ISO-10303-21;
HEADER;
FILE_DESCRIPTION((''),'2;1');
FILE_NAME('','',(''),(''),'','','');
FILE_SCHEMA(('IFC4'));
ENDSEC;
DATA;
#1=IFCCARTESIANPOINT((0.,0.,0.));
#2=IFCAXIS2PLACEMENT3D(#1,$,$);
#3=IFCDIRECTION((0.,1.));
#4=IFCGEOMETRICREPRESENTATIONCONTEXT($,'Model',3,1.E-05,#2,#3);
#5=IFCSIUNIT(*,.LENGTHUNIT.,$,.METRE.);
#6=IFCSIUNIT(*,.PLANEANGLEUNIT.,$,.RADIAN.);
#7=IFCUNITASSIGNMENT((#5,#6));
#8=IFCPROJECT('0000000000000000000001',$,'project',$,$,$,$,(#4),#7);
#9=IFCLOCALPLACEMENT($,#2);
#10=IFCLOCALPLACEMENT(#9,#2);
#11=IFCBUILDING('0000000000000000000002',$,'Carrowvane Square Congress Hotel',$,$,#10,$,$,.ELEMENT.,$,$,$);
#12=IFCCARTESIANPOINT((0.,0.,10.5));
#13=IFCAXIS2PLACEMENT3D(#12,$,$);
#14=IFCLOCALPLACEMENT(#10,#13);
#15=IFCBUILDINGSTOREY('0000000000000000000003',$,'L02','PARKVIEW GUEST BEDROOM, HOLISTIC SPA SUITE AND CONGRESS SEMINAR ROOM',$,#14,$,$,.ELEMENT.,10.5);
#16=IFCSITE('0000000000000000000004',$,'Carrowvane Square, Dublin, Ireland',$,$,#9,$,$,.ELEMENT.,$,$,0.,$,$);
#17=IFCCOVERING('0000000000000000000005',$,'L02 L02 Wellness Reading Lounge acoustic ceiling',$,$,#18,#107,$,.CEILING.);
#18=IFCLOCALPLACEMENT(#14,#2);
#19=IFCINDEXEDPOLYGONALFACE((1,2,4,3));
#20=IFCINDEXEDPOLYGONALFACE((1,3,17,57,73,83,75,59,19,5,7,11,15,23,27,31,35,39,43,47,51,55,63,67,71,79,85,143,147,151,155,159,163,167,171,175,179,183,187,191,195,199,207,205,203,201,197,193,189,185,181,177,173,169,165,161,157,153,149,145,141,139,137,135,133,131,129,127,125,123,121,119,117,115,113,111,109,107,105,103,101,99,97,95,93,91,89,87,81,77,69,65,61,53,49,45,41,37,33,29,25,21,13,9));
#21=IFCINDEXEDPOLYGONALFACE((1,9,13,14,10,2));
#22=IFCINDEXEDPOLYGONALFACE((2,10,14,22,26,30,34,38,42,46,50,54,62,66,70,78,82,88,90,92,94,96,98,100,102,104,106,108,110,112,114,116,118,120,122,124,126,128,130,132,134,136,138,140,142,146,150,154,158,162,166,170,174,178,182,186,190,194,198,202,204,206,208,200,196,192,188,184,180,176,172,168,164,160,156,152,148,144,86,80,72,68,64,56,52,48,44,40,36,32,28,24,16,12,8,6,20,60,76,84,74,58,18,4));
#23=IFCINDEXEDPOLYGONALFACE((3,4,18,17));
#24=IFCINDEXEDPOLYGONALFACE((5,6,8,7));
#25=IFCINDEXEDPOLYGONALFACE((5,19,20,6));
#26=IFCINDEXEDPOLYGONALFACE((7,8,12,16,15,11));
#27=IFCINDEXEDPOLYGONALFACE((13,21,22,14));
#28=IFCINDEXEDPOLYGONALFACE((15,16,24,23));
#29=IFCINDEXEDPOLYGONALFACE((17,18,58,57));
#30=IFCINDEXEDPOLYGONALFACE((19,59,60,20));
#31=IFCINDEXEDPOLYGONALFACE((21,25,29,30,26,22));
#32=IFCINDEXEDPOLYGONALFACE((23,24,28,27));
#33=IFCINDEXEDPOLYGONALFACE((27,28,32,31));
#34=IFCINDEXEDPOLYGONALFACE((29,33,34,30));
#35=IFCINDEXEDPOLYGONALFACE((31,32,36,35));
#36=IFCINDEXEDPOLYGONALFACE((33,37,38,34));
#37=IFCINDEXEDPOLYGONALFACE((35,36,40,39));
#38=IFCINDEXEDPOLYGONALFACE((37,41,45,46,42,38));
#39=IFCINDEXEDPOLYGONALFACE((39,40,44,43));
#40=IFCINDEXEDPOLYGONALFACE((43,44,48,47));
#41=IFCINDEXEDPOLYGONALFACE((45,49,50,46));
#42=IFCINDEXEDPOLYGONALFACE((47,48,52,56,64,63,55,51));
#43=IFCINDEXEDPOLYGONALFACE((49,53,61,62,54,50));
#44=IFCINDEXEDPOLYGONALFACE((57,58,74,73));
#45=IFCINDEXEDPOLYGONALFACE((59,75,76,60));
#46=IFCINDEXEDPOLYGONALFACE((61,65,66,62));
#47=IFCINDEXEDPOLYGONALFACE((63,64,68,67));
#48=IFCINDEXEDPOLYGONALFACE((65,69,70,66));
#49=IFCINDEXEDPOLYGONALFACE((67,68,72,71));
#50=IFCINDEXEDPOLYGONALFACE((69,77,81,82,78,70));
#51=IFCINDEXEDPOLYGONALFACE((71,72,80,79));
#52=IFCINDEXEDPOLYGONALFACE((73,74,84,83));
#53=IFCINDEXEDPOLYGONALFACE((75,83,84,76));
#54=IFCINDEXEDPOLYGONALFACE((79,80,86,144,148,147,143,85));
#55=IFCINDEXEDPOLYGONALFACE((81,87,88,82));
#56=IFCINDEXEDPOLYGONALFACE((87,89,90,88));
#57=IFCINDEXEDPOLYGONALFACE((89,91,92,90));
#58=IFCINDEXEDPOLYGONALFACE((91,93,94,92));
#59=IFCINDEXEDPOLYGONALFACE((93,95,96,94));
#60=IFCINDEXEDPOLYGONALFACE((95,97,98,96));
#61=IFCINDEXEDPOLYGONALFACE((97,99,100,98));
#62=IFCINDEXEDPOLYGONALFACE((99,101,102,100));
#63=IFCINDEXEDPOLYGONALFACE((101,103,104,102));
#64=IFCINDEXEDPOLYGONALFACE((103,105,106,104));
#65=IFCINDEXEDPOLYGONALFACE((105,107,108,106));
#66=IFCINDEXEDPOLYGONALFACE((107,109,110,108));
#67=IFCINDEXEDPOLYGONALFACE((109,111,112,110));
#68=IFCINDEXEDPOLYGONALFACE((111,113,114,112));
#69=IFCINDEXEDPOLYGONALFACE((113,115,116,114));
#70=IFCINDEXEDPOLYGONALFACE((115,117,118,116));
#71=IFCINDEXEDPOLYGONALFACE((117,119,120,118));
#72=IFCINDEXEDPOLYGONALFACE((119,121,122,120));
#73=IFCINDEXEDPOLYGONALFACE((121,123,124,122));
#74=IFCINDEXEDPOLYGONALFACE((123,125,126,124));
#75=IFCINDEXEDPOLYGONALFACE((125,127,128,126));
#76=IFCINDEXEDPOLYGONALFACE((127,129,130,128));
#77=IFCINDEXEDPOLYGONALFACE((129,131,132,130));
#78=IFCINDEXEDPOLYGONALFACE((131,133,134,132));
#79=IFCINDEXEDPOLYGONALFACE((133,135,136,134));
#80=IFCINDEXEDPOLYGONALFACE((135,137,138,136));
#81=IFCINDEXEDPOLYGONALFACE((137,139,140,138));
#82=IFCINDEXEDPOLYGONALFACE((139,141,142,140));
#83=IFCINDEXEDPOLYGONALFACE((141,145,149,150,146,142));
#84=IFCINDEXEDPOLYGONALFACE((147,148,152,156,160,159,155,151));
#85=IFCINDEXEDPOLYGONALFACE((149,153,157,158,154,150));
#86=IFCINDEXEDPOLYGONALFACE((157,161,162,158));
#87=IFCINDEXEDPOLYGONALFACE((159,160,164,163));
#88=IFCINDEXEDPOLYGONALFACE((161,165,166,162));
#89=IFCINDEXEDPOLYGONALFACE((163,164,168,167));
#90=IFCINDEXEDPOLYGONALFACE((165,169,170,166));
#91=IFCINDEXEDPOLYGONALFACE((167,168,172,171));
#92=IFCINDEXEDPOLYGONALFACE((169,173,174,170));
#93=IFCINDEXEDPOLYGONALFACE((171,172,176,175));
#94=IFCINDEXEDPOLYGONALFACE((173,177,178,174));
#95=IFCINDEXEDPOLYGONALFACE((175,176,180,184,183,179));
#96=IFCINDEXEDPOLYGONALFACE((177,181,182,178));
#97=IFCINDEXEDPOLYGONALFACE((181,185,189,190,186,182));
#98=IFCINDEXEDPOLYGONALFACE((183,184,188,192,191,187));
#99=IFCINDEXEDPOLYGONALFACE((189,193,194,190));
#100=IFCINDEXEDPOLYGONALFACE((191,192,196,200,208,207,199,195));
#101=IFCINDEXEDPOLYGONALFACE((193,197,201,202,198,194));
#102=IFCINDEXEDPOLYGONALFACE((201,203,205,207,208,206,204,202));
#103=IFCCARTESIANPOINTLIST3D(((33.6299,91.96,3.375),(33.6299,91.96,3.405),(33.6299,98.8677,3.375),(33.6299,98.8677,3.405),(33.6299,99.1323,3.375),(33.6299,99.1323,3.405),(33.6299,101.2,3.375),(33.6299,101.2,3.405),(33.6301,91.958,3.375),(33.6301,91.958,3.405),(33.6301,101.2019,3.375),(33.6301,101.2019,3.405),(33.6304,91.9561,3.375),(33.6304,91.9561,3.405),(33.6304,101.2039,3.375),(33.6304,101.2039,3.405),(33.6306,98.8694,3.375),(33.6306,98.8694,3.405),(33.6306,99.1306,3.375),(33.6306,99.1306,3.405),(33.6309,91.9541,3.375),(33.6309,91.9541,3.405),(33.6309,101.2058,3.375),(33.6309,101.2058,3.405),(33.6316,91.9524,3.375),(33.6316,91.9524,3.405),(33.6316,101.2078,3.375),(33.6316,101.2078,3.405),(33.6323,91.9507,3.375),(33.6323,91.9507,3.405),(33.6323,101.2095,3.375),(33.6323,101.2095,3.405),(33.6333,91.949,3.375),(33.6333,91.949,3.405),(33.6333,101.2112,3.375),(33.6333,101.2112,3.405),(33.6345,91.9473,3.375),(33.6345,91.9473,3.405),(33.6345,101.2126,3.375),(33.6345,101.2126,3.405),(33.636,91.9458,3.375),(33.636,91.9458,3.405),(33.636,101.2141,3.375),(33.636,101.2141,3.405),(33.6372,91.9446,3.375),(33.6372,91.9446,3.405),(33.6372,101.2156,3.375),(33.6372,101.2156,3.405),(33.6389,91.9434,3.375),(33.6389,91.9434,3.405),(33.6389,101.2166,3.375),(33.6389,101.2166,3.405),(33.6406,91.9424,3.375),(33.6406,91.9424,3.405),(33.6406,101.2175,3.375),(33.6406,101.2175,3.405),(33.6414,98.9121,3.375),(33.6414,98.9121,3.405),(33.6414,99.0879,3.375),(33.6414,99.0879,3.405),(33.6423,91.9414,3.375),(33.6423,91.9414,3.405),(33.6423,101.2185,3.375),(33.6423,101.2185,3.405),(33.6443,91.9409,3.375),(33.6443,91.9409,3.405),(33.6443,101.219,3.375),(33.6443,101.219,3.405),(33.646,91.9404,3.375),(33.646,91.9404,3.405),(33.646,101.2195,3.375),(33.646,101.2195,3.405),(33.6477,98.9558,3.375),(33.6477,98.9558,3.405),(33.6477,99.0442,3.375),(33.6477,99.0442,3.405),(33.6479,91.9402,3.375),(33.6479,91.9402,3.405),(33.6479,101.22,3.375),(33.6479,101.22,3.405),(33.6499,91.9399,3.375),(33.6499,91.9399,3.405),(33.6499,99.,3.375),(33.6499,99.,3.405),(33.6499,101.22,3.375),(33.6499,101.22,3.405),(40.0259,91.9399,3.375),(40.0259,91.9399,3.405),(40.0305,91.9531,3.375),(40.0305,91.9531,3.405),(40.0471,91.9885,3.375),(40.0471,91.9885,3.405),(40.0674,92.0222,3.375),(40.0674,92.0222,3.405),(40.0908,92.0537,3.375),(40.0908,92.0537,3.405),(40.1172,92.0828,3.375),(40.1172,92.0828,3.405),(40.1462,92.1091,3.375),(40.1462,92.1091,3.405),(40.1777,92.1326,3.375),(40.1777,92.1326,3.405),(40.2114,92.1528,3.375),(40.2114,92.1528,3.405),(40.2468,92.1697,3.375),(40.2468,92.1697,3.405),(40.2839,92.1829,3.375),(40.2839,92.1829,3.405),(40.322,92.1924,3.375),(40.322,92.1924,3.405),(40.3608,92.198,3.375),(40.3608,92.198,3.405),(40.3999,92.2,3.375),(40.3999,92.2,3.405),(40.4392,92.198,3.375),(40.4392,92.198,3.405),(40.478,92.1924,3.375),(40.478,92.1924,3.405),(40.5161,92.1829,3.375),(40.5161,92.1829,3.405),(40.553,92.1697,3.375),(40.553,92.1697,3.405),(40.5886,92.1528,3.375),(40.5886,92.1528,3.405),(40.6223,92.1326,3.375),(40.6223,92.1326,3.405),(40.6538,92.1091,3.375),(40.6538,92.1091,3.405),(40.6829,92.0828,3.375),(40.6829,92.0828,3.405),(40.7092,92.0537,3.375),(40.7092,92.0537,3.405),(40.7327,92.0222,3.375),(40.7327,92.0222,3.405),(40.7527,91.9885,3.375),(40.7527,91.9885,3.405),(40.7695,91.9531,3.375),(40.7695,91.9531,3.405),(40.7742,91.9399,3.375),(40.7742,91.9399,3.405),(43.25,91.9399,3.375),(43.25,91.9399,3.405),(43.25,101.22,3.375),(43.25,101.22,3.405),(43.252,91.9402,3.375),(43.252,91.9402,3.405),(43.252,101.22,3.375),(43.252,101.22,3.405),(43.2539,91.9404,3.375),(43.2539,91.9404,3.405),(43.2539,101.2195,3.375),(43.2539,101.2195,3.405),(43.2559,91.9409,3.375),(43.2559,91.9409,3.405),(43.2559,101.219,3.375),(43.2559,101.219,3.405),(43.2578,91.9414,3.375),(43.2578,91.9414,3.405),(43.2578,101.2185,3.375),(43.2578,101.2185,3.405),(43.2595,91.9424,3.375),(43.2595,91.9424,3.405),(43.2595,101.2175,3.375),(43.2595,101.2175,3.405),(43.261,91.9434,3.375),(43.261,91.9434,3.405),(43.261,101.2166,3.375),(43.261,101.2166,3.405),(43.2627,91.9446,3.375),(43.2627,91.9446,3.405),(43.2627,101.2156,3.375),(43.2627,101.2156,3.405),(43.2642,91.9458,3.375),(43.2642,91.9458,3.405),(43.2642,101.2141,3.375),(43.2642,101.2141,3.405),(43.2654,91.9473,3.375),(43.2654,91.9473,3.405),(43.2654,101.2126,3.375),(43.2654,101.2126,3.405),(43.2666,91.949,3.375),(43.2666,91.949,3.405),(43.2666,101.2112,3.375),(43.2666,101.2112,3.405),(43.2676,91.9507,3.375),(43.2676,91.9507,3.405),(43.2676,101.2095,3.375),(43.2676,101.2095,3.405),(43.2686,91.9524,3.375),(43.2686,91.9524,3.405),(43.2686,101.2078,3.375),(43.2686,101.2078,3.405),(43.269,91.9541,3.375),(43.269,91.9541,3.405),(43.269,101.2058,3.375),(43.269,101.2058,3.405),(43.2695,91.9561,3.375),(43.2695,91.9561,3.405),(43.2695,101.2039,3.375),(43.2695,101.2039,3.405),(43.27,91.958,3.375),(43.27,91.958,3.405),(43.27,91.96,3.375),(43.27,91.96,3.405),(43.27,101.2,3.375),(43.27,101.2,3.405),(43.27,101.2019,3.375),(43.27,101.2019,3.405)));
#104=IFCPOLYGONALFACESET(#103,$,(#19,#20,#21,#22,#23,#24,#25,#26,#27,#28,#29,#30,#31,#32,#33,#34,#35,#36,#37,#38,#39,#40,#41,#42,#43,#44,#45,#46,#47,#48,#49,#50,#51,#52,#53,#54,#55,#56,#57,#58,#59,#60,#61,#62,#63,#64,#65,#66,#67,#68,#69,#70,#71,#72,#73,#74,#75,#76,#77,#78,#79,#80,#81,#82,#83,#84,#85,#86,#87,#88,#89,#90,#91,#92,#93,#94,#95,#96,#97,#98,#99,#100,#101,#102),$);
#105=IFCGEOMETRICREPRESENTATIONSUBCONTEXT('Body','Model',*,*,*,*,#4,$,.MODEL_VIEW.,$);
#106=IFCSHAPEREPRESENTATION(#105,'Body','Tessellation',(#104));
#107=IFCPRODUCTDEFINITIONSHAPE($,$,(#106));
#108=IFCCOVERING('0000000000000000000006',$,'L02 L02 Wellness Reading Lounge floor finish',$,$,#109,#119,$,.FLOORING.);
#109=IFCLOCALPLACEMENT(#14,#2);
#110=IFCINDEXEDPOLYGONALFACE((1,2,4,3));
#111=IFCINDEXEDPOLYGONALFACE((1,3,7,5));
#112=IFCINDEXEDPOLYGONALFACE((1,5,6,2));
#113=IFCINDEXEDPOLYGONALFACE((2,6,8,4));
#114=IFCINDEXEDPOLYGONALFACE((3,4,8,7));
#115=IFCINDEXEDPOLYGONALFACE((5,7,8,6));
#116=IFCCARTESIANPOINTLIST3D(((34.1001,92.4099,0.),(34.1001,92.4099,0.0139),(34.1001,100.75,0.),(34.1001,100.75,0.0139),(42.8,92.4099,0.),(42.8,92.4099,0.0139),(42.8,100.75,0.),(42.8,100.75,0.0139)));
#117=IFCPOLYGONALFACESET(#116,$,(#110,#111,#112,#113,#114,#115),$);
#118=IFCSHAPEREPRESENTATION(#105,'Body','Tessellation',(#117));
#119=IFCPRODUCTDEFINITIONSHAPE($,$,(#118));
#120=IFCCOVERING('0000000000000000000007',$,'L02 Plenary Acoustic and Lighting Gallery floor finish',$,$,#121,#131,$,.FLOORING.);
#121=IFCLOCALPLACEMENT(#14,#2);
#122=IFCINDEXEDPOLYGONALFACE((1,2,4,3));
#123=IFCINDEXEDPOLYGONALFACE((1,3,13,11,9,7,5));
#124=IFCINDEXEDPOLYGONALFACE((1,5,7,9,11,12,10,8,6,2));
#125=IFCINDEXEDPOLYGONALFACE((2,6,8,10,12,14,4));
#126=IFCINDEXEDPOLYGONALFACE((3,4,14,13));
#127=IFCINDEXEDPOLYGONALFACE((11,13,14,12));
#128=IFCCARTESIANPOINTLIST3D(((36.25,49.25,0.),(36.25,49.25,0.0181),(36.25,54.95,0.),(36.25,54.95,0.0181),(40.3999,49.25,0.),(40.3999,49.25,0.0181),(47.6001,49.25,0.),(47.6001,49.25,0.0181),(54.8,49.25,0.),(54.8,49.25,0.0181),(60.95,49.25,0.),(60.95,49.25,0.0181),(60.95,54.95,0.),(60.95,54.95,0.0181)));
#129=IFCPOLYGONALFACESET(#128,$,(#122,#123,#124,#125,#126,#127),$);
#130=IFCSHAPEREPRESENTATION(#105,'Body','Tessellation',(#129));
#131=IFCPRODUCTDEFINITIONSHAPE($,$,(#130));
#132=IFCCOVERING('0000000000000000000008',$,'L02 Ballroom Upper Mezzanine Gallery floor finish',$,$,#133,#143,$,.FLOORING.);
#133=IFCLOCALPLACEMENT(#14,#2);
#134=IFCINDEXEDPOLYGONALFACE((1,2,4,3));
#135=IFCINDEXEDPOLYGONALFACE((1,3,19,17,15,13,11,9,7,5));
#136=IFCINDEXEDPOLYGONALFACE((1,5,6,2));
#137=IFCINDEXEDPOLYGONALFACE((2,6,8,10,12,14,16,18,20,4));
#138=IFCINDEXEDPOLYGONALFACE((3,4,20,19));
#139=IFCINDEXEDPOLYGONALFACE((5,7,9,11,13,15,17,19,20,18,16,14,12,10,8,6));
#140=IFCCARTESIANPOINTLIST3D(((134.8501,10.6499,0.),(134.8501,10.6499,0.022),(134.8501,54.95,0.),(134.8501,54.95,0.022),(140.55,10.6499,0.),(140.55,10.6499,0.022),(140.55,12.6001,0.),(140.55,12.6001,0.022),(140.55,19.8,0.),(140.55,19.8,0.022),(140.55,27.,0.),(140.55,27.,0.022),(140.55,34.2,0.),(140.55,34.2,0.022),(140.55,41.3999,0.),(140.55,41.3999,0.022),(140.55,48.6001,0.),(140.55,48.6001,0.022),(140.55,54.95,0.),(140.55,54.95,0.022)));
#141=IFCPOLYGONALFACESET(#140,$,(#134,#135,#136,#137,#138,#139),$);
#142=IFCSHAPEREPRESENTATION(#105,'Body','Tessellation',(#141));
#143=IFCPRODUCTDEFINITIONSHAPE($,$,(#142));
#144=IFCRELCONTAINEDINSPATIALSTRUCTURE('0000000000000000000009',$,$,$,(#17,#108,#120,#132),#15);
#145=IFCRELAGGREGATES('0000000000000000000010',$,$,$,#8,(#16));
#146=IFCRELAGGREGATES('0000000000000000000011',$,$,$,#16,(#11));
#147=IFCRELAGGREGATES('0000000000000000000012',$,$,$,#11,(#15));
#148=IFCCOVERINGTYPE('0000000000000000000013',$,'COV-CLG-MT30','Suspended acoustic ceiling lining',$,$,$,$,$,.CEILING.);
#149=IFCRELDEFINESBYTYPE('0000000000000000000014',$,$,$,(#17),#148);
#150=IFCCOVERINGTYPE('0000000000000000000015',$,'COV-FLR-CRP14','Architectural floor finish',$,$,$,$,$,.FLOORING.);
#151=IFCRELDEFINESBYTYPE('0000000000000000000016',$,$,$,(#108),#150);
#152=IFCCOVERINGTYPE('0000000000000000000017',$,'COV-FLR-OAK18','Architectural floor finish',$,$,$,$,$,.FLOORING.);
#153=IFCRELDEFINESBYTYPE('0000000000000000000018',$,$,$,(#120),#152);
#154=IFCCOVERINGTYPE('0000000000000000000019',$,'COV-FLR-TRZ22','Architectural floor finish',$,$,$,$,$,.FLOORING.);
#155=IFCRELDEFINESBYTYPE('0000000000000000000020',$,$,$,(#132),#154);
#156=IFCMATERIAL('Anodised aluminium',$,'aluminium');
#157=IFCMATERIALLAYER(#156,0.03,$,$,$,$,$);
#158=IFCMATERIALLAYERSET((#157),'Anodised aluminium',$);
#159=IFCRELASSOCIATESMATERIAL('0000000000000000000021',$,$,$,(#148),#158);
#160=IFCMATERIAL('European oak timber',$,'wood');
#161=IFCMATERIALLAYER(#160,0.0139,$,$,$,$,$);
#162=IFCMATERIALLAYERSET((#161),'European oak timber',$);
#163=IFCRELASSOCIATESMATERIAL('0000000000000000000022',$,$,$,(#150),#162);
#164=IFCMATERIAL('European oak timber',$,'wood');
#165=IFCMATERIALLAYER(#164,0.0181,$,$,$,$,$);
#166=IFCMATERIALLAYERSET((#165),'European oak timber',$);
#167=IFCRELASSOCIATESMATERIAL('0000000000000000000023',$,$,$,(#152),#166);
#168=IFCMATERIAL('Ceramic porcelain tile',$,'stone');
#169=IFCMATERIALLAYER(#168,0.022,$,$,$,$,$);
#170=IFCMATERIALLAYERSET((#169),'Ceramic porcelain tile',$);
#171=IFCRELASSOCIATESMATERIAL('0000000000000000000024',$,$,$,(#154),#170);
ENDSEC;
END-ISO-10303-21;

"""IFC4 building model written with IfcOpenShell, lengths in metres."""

from ifc_helpers import new_model, si_unit, direction, frame, origin, place, context, subcontext, project, spatial, polyline, outline, extrude, material, layer, layer_set, type_object, element, save


model = new_model("IFC4")

# Units and contexts
model_context = context("Model", 3, precision=1e-05, world=origin(), true_north=direction((0.0, 1.0)))
body_context = subcontext(model_context, "Body", "Model", "MODEL_VIEW")
ifc_project = project(units=[si_unit("LENGTHUNIT", "METRE"), si_unit("PLANEANGLEUNIT", "RADIAN")], contexts=[model_context])

# Site, building, storey
site_placement = place(None, origin())
site = spatial("IfcSite", under=ifc_project, at=site_placement, Name="Carrowvane Square, Dublin, Ireland", CompositionType="ELEMENT", RefElevation=0.0)
building_placement = place(site_placement, origin())
building = spatial("IfcBuilding", under=site, at=building_placement, Name="Carrowvane Square Congress Hotel", CompositionType="ELEMENT")
storey_placement = place(building_placement, frame((0.0, 0.0, 10.5)))
storey = spatial("IfcBuildingStorey", under=building, at=storey_placement, Name="L02", Description="PARKVIEW GUEST BEDROOM, HOLISTIC SPA SUITE AND CONGRESS SEMINAR ROOM", CompositionType="ELEMENT", Elevation=10.5)

# Coverings
ifc_material_1 = material(Name="Anodised aluminium", Category="aluminium")
ifc_layer_1 = layer(ifc_material_1, 0.03)
ifc_layer_set_1 = layer_set([ifc_layer_1], Name="Anodised aluminium")
covering_type_1 = type_object("IfcCoveringType", Name="COV-CLG-MT30", Description="Suspended acoustic ceiling lining", PredefinedType="CEILING", material=ifc_layer_set_1)
covering_1_placement = place(storey_placement, frame((0.0, 0.0, 3.375)))
element("IfcCovering", 1, at=covering_1_placement, inside=storey, type_object=covering_type_1, Name="L02 L02 Wellness Reading Lounge acoustic ceiling", PredefinedType="CEILING", context=body_context, shape_type="SweptSolid", body=[
    extrude(outline(polyline([(43.269, 101.2058), (43.2695, 101.2039), (43.27, 101.2019), (43.27, 101.2), (43.27, 91.96), (43.27, 91.958), (43.2695, 91.9561), (43.269, 91.9541), (43.2686, 91.9524), (43.2676, 91.9507), (43.2666, 91.949), (43.2654, 91.9473), (43.2642, 91.9458), (43.2627, 91.9446), (43.261, 91.9434), (43.2595, 91.9424), (43.2578, 91.9414), (43.2559, 91.9409), (43.2539, 91.9404), (43.252, 91.9402), (43.25, 91.9399), (40.7742, 91.9399), (40.7695, 91.9531), (40.7527, 91.9885), (40.7327, 92.0222), (40.7092, 92.0537), (40.6829, 92.0828), (40.6538, 92.1091), (40.6223, 92.1326), (40.5886, 92.1528), (40.553, 92.1697), (40.5161, 92.1829), (40.478, 92.1924), (40.4392, 92.198), (40.3999, 92.2), (40.3608, 92.198), (40.322, 92.1924), (40.2839, 92.1829), (40.2468, 92.1697), (40.2114, 92.1528), (40.1777, 92.1326), (40.1462, 92.1091), (40.1172, 92.0828), (40.0908, 92.0537), (40.0674, 92.0222), (40.0471, 91.9885), (40.0305, 91.9531), (40.0259, 91.9399), (33.6499, 91.9399), (33.6479, 91.9402), (33.646, 91.9404), (33.6443, 91.9409), (33.6423, 91.9414), (33.6406, 91.9424), (33.6389, 91.9434), (33.6372, 91.9446), (33.636, 91.9458), (33.6345, 91.9473), (33.6333, 91.949), (33.6323, 91.9507), (33.6316, 91.9524), (33.6309, 91.9541), (33.6304, 91.9561), (33.6301, 91.958), (33.6299, 91.96), (33.6299, 98.8677), (33.6306, 98.8694), (33.6414, 98.9121), (33.6477, 98.9558), (33.6499, 99.0), (33.6477, 99.0442), (33.6414, 99.0879), (33.6306, 99.1306), (33.6299, 99.1323), (33.6299, 101.2), (33.6301, 101.2019), (33.6304, 101.2039), (33.6309, 101.2058), (33.6316, 101.2078), (33.6323, 101.2095), (33.6333, 101.2112), (33.6345, 101.2126), (33.636, 101.2141), (33.6372, 101.2156), (33.6389, 101.2166), (33.6406, 101.2175), (33.6423, 101.2185), (33.6443, 101.219), (33.646, 101.2195), (33.6479, 101.22), (33.6499, 101.22), (43.25, 101.22), (43.252, 101.22), (43.2539, 101.2195), (43.2559, 101.219), (43.2578, 101.2185), (43.2595, 101.2175), (43.261, 101.2166), (43.2627, 101.2156), (43.2642, 101.2141), (43.2654, 101.2126), (43.2666, 101.2112), (43.2676, 101.2095), (43.2686, 101.2078), (43.269, 101.2058)])), origin(), (0.0, 0.0, 1.0), 0.03),
])
ifc_material_2 = material(Name="European oak timber", Category="wood")
ifc_layer_2 = layer(ifc_material_2, 0.0139)
ifc_layer_set_2 = layer_set([ifc_layer_2], Name="European oak timber")
covering_type_2 = type_object("IfcCoveringType", Name="COV-FLR-CRP14", Description="Architectural floor finish", PredefinedType="FLOORING", material=ifc_layer_set_2)
covering_2_placement = place(storey_placement, origin())
element("IfcCovering", 2, at=covering_2_placement, inside=storey, type_object=covering_type_2, Name="L02 L02 Wellness Reading Lounge floor finish", PredefinedType="FLOORING", context=body_context, shape_type="SweptSolid", body=[
    extrude(outline(polyline([(42.8, 92.4099), (34.1001, 92.4099), (34.1001, 100.75), (42.8, 100.75), (42.8, 92.4099)])), origin(), (0.0, 0.0, 1.0), 0.0139),
])
ifc_material_3 = material(Name="European oak timber", Category="wood")
ifc_layer_3 = layer(ifc_material_3, 0.0181)
ifc_layer_set_3 = layer_set([ifc_layer_3], Name="European oak timber")
covering_type_3 = type_object("IfcCoveringType", Name="COV-FLR-OAK18", Description="Architectural floor finish", PredefinedType="FLOORING", material=ifc_layer_set_3)
covering_3_placement = place(storey_placement, origin())
element("IfcCovering", 3, at=covering_3_placement, inside=storey, type_object=covering_type_3, Name="L02 Plenary Acoustic and Lighting Gallery floor finish", PredefinedType="FLOORING", context=body_context, shape_type="SweptSolid", body=[
    extrude(outline(polyline([(54.8, 49.25), (47.6001, 49.25), (40.3999, 49.25), (36.25, 49.25), (36.25, 54.95), (60.95, 54.95), (60.95, 49.25), (54.8, 49.25)])), origin(), (0.0, 0.0, 1.0), 0.0181),
])
ifc_material_4 = material(Name="Ceramic porcelain tile", Category="stone")
ifc_layer_4 = layer(ifc_material_4, 0.022)
ifc_layer_set_4 = layer_set([ifc_layer_4], Name="Ceramic porcelain tile")
covering_type_4 = type_object("IfcCoveringType", Name="COV-FLR-TRZ22", Description="Architectural floor finish", PredefinedType="FLOORING", material=ifc_layer_set_4)
covering_4_placement = place(storey_placement, origin())
element("IfcCovering", 4, at=covering_4_placement, inside=storey, type_object=covering_type_4, Name="L02 Ballroom Upper Mezzanine Gallery floor finish", PredefinedType="FLOORING", context=body_context, shape_type="SweptSolid", body=[
    extrude(outline(polyline([(140.55, 12.6001), (140.55, 12.6001), (140.55, 10.6499), (134.8501, 10.6499), (134.8501, 54.95), (140.55, 54.95), (140.55, 48.6001), (140.55, 48.6001), (140.55, 48.6001), (140.55, 41.3999), (140.55, 41.3999), (140.55, 41.3999), (140.55, 34.2), (140.55, 34.2), (140.55, 34.2), (140.55, 27.0), (140.55, 27.0), (140.55, 27.0), (140.55, 19.8), (140.55, 19.8), (140.55, 19.8), (140.55, 12.6001), (140.55, 12.6001)])), origin(), (0.0, 0.0, 1.0), 0.022),
])

save(model, "model.ifc")
